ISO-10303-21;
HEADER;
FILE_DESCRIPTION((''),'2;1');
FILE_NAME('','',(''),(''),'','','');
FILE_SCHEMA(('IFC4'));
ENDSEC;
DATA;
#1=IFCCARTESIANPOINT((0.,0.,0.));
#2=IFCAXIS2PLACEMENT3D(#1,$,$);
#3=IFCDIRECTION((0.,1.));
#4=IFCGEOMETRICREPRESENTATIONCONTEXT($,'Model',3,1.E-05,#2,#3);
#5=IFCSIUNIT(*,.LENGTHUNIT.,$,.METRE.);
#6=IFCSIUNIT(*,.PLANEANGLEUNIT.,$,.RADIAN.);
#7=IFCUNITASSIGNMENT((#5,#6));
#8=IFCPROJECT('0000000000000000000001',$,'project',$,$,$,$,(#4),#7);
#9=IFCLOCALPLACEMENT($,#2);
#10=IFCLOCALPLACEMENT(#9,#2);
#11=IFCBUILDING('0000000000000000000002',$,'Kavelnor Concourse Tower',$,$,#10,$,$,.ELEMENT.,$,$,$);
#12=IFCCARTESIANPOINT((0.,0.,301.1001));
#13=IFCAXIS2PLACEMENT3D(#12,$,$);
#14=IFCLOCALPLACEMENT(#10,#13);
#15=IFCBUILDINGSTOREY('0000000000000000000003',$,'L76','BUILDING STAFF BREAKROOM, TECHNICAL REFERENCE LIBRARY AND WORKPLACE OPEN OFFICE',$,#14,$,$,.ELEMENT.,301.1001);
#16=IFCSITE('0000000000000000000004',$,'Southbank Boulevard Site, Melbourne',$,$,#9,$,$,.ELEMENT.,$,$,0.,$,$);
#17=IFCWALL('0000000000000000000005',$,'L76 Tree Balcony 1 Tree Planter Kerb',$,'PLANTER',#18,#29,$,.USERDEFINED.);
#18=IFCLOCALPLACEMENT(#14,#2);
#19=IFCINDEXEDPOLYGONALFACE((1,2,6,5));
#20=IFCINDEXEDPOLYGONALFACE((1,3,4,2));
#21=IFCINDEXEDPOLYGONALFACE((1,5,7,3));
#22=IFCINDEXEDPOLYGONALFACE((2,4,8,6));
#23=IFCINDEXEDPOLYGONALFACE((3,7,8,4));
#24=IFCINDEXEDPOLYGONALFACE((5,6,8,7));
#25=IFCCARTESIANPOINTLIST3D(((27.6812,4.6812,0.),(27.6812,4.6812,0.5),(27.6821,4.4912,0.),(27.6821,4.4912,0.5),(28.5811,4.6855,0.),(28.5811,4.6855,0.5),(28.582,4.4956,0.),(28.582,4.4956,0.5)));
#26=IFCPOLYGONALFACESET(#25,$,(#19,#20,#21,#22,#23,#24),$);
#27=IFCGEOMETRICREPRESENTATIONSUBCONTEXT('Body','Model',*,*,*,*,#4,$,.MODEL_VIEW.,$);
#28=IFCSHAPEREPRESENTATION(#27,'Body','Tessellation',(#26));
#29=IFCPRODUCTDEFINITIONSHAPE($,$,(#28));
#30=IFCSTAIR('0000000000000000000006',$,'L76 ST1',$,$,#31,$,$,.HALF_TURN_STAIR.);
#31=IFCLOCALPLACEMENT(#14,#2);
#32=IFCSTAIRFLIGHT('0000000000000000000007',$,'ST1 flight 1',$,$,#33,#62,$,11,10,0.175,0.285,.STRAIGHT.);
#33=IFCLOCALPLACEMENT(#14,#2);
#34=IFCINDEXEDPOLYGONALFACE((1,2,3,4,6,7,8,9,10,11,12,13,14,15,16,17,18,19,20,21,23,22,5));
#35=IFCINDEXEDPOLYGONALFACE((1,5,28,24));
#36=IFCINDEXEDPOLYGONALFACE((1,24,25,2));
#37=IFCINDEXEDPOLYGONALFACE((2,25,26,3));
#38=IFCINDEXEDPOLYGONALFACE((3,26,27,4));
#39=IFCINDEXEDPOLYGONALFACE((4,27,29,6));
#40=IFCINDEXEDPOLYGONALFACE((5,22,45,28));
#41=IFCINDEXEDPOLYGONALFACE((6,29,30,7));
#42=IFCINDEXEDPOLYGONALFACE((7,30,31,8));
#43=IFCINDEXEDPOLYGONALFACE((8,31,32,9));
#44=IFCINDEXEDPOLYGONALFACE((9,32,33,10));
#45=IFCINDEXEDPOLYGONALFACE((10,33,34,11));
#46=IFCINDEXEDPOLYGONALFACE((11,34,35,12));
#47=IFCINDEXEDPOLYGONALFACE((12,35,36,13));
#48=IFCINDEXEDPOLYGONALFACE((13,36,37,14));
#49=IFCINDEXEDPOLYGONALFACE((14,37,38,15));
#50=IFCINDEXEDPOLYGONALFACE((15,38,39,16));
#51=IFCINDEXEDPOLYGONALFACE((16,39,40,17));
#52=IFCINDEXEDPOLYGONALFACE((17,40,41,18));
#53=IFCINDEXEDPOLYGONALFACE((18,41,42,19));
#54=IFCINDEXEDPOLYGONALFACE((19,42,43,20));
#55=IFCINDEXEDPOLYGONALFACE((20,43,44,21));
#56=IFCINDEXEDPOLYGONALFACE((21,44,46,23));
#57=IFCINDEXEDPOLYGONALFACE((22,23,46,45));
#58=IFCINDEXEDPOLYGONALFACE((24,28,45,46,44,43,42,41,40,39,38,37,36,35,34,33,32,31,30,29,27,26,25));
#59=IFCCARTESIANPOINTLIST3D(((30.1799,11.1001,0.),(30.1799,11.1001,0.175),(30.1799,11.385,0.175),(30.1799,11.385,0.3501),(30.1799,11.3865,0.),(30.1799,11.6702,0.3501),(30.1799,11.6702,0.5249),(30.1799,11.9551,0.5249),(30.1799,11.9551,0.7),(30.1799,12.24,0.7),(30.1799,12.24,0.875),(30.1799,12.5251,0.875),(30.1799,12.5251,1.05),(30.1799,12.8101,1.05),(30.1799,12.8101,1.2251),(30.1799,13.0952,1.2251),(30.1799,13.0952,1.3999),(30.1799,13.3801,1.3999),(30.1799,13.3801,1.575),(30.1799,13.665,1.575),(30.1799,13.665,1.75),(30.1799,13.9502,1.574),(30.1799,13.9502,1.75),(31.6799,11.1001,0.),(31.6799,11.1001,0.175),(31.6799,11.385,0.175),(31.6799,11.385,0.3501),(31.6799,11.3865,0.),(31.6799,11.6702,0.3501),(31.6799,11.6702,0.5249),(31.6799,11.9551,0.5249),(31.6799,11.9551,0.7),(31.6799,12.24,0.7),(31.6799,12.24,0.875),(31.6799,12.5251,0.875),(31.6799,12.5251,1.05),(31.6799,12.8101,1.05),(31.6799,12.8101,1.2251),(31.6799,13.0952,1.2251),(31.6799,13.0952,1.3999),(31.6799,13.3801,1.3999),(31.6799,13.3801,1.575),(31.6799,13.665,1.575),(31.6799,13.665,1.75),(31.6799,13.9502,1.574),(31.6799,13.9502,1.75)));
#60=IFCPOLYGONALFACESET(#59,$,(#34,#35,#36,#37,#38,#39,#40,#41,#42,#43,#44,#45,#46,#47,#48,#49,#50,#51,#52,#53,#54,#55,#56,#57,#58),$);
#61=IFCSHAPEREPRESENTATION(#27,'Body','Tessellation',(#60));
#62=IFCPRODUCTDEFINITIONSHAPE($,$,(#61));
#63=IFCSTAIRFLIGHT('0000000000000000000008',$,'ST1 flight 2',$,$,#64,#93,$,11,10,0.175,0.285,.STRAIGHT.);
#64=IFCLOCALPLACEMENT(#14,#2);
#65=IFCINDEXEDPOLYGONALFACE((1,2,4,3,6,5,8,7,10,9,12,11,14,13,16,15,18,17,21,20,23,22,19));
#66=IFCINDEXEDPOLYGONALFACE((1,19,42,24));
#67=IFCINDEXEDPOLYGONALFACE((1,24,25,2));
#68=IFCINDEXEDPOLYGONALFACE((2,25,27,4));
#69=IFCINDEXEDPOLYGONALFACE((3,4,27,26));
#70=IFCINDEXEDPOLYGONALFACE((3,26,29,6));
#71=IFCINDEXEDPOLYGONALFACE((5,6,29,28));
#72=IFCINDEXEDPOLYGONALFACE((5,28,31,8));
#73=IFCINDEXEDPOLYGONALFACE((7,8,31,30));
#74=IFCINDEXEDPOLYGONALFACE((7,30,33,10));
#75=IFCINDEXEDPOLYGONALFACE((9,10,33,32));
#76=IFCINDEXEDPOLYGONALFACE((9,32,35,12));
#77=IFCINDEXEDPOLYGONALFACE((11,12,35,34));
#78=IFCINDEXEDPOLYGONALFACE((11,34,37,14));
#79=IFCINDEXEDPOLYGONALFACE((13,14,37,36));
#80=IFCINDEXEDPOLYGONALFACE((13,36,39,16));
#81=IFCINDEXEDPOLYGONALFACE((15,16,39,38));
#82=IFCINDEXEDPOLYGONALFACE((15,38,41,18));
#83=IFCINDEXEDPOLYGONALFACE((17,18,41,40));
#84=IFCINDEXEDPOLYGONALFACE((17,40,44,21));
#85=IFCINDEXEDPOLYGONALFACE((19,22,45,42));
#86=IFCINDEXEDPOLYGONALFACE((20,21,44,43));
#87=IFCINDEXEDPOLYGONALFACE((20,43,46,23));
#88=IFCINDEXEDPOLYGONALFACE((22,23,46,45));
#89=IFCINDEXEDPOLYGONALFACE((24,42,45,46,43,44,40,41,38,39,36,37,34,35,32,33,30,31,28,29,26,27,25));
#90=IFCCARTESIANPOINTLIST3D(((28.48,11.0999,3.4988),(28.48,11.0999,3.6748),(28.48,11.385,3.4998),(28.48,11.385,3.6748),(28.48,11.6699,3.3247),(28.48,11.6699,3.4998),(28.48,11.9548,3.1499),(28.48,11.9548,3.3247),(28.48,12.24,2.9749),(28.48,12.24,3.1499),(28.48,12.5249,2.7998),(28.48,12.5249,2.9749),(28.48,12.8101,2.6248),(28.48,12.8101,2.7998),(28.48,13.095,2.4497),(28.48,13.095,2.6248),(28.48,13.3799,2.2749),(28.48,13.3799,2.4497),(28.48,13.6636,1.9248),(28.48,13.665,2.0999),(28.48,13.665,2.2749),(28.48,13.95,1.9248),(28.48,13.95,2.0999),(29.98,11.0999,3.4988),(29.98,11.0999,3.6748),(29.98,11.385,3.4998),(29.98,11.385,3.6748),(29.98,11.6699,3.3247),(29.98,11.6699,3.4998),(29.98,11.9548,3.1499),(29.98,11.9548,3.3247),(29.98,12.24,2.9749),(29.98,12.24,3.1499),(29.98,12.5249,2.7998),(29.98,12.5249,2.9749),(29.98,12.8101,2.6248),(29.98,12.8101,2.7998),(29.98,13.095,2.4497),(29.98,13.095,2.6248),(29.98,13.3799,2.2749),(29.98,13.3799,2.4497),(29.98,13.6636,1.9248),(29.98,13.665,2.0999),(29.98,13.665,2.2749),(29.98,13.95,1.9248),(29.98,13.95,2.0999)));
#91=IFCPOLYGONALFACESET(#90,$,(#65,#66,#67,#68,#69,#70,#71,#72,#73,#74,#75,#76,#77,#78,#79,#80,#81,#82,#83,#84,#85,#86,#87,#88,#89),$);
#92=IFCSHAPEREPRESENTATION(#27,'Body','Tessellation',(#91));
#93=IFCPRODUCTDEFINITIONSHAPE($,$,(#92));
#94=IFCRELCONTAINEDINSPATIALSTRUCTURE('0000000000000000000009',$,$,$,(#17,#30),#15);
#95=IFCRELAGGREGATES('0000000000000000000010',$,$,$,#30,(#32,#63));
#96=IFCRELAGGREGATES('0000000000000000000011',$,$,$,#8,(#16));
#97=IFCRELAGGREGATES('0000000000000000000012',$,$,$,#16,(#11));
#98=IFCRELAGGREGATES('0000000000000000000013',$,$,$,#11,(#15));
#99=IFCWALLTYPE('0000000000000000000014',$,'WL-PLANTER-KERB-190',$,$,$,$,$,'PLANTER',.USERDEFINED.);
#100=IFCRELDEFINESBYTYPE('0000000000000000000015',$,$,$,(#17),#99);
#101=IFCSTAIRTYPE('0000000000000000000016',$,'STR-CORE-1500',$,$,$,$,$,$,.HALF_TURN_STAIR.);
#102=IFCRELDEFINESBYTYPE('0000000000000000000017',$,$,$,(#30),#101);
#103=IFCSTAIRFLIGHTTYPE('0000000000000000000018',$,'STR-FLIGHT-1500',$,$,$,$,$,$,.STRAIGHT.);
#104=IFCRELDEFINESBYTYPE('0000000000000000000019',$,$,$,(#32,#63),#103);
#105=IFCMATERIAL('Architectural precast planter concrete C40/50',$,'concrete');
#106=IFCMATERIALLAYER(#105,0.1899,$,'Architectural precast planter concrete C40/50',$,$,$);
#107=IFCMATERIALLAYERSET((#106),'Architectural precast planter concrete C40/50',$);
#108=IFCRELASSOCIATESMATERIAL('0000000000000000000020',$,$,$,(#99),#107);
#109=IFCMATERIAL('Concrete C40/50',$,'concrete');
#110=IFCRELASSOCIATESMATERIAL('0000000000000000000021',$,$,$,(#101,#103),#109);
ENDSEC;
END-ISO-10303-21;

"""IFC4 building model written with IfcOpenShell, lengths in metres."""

from ifc_helpers import new_model, si_unit, direction, frame, frame_2d, origin, place, context, subcontext, project, spatial, polyline, rectangle, outline, extrude, material, layer, layer_set, type_object, element, aggregate, save


model = new_model("IFC4")

# Units and contexts
model_context = context("Model", 3, precision=1e-05, world=origin(), true_north=direction((0.0, 1.0)))
body_context = subcontext(model_context, "Body", "Model", "MODEL_VIEW")
ifc_project = project(units=[si_unit("LENGTHUNIT", "METRE"), si_unit("PLANEANGLEUNIT", "RADIAN")], contexts=[model_context])

# Site, building, storey
site_placement = place(None, origin())
site = spatial("IfcSite", under=ifc_project, at=site_placement, Name="Southbank Boulevard Site, Melbourne", CompositionType="ELEMENT", RefElevation=0.0)
building_placement = place(site_placement, origin())
building = spatial("IfcBuilding", under=site, at=building_placement, Name="Kavelnor Concourse Tower", CompositionType="ELEMENT")
storey_placement = place(building_placement, frame((0.0, 0.0, 301.1001)))
storey = spatial("IfcBuildingStorey", under=building, at=storey_placement, Name="L76", Description="BUILDING STAFF BREAKROOM, TECHNICAL REFERENCE LIBRARY AND WORKPLACE OPEN OFFICE", CompositionType="ELEMENT", Elevation=301.1001)

# Wall
ifc_material_1 = material(Name="Architectural precast planter concrete C40/50", Category="concrete")
ifc_layer_1 = layer(ifc_material_1, 0.1899, Name="Architectural precast planter concrete C40/50")
ifc_layer_set_1 = layer_set([ifc_layer_1], Name="Architectural precast planter concrete C40/50")
wall_type_1 = type_object("IfcWallType", Name="WL-PLANTER-KERB-190", ElementType="PLANTER", PredefinedType="USERDEFINED", material=ifc_layer_set_1)
wall_1_placement = place(storey_placement, frame((27.6816, 4.5862, 0.0), z_axis=(0.0, 0.0, 1.0), x_axis=(0.999988, 0.004883, 0.0)))
element("IfcWall", 1, at=wall_1_placement, inside=storey, type_object=wall_type_1, Name="L76 Tree Balcony 1 Tree Planter Kerb", ObjectType="PLANTER", PredefinedType="USERDEFINED", context=body_context, shape_type="SweptSolid", body=[
    extrude(rectangle(XDim=0.8999, YDim=0.1899, at=frame_2d((0.45, 0.0))), origin(), (0.0, 0.0, 1.0), 0.5),
])

# Stair, stair flights
ifc_material_2 = material(Name="Concrete C40/50", Category="concrete")
stair_type = type_object("IfcStairType", Name="STR-CORE-1500", PredefinedType="HALF_TURN_STAIR", material=ifc_material_2)
stair_placement = place(storey_placement, origin())
stair = element("IfcStair", 2, at=stair_placement, inside=storey, type_object=stair_type, Name="L76 ST1", PredefinedType="HALF_TURN_STAIR")
stair_flight_type = type_object("IfcStairFlightType", Name="STR-FLIGHT-1500", PredefinedType="STRAIGHT", material=ifc_material_2)
stair_flight_1_placement = place(storey_placement, frame((30.9299, 11.1001, 0.0), z_axis=(0.0, 0.0, 1.0), x_axis=(0.0, 1.0, 0.0)))
stair_flight_1 = element("IfcStairFlight", 3, at=stair_flight_1_placement, type_object=stair_flight_type, Name="ST1 flight 1", NumberOfRisers=11, NumberOfTreads=10, PredefinedType="STRAIGHT", RiserHeight=0.175, TreadLength=0.285, context=body_context, shape_type="SweptSolid", body=[
    extrude(outline(polyline([(0.0, 0.0), (0.0, 0.175), (0.2849, 0.175), (0.2849, 0.3501), (0.5701, 0.3501), (0.5701, 0.5249), (0.855, 0.5249), (0.855, 0.7), (1.1399, 0.7), (1.1399, 0.875), (1.425, 0.875), (1.425, 1.05), (1.71, 1.05), (1.71, 1.2251), (1.9951, 1.2251), (1.9951, 1.3999), (2.28, 1.3999), (2.28, 1.575), (2.5649, 1.575), (2.5649, 1.75), (2.8501, 1.75), (2.8501, 1.925), (2.8501, 1.574), (0.2864, 0.0), (0.0, 0.0)])), frame((0.0, 0.75, 0.0), z_axis=(0.0, -1.0, 0.0), x_axis=(1.0, 0.0, 0.0)), (0.0, 0.0, 1.0), 1.5),
])
stair_flight_2_placement = place(storey_placement, frame((29.23, 13.95, 1.9248), z_axis=(0.0, 0.0, 1.0), x_axis=(0.0, -1.0, 0.0)))
stair_flight_2 = element("IfcStairFlight", 4, at=stair_flight_2_placement, type_object=stair_flight_type, Name="ST1 flight 2", NumberOfRisers=11, NumberOfTreads=10, PredefinedType="STRAIGHT", RiserHeight=0.175, TreadLength=0.285, context=body_context, shape_type="SweptSolid", body=[
    extrude(outline(polyline([(0.0, 0.0), (0.0, 0.175), (0.2849, 0.175), (0.2849, 0.3501), (0.5701, 0.3501), (0.5701, 0.5249), (0.855, 0.5249), (0.855, 0.7), (1.1399, 0.7), (1.1399, 0.875), (1.425, 0.875), (1.425, 1.05), (1.71, 1.05), (1.71, 1.2251), (1.9951, 1.2251), (1.9951, 1.3999), (2.28, 1.3999), (2.28, 1.575), (2.5649, 1.575), (2.5649, 1.75), (2.8501, 1.75), (2.8501, 1.925), (2.8501, 1.574), (0.2864, 0.0), (0.0, 0.0)])), frame((0.0, 0.75, 0.0), z_axis=(0.0, -1.0, 0.0), x_axis=(1.0, 0.0, 0.0)), (0.0, 0.0, 1.0), 1.5),
])
aggregate(stair, [stair_flight_1, stair_flight_2])

save(model, "model.ifc")
